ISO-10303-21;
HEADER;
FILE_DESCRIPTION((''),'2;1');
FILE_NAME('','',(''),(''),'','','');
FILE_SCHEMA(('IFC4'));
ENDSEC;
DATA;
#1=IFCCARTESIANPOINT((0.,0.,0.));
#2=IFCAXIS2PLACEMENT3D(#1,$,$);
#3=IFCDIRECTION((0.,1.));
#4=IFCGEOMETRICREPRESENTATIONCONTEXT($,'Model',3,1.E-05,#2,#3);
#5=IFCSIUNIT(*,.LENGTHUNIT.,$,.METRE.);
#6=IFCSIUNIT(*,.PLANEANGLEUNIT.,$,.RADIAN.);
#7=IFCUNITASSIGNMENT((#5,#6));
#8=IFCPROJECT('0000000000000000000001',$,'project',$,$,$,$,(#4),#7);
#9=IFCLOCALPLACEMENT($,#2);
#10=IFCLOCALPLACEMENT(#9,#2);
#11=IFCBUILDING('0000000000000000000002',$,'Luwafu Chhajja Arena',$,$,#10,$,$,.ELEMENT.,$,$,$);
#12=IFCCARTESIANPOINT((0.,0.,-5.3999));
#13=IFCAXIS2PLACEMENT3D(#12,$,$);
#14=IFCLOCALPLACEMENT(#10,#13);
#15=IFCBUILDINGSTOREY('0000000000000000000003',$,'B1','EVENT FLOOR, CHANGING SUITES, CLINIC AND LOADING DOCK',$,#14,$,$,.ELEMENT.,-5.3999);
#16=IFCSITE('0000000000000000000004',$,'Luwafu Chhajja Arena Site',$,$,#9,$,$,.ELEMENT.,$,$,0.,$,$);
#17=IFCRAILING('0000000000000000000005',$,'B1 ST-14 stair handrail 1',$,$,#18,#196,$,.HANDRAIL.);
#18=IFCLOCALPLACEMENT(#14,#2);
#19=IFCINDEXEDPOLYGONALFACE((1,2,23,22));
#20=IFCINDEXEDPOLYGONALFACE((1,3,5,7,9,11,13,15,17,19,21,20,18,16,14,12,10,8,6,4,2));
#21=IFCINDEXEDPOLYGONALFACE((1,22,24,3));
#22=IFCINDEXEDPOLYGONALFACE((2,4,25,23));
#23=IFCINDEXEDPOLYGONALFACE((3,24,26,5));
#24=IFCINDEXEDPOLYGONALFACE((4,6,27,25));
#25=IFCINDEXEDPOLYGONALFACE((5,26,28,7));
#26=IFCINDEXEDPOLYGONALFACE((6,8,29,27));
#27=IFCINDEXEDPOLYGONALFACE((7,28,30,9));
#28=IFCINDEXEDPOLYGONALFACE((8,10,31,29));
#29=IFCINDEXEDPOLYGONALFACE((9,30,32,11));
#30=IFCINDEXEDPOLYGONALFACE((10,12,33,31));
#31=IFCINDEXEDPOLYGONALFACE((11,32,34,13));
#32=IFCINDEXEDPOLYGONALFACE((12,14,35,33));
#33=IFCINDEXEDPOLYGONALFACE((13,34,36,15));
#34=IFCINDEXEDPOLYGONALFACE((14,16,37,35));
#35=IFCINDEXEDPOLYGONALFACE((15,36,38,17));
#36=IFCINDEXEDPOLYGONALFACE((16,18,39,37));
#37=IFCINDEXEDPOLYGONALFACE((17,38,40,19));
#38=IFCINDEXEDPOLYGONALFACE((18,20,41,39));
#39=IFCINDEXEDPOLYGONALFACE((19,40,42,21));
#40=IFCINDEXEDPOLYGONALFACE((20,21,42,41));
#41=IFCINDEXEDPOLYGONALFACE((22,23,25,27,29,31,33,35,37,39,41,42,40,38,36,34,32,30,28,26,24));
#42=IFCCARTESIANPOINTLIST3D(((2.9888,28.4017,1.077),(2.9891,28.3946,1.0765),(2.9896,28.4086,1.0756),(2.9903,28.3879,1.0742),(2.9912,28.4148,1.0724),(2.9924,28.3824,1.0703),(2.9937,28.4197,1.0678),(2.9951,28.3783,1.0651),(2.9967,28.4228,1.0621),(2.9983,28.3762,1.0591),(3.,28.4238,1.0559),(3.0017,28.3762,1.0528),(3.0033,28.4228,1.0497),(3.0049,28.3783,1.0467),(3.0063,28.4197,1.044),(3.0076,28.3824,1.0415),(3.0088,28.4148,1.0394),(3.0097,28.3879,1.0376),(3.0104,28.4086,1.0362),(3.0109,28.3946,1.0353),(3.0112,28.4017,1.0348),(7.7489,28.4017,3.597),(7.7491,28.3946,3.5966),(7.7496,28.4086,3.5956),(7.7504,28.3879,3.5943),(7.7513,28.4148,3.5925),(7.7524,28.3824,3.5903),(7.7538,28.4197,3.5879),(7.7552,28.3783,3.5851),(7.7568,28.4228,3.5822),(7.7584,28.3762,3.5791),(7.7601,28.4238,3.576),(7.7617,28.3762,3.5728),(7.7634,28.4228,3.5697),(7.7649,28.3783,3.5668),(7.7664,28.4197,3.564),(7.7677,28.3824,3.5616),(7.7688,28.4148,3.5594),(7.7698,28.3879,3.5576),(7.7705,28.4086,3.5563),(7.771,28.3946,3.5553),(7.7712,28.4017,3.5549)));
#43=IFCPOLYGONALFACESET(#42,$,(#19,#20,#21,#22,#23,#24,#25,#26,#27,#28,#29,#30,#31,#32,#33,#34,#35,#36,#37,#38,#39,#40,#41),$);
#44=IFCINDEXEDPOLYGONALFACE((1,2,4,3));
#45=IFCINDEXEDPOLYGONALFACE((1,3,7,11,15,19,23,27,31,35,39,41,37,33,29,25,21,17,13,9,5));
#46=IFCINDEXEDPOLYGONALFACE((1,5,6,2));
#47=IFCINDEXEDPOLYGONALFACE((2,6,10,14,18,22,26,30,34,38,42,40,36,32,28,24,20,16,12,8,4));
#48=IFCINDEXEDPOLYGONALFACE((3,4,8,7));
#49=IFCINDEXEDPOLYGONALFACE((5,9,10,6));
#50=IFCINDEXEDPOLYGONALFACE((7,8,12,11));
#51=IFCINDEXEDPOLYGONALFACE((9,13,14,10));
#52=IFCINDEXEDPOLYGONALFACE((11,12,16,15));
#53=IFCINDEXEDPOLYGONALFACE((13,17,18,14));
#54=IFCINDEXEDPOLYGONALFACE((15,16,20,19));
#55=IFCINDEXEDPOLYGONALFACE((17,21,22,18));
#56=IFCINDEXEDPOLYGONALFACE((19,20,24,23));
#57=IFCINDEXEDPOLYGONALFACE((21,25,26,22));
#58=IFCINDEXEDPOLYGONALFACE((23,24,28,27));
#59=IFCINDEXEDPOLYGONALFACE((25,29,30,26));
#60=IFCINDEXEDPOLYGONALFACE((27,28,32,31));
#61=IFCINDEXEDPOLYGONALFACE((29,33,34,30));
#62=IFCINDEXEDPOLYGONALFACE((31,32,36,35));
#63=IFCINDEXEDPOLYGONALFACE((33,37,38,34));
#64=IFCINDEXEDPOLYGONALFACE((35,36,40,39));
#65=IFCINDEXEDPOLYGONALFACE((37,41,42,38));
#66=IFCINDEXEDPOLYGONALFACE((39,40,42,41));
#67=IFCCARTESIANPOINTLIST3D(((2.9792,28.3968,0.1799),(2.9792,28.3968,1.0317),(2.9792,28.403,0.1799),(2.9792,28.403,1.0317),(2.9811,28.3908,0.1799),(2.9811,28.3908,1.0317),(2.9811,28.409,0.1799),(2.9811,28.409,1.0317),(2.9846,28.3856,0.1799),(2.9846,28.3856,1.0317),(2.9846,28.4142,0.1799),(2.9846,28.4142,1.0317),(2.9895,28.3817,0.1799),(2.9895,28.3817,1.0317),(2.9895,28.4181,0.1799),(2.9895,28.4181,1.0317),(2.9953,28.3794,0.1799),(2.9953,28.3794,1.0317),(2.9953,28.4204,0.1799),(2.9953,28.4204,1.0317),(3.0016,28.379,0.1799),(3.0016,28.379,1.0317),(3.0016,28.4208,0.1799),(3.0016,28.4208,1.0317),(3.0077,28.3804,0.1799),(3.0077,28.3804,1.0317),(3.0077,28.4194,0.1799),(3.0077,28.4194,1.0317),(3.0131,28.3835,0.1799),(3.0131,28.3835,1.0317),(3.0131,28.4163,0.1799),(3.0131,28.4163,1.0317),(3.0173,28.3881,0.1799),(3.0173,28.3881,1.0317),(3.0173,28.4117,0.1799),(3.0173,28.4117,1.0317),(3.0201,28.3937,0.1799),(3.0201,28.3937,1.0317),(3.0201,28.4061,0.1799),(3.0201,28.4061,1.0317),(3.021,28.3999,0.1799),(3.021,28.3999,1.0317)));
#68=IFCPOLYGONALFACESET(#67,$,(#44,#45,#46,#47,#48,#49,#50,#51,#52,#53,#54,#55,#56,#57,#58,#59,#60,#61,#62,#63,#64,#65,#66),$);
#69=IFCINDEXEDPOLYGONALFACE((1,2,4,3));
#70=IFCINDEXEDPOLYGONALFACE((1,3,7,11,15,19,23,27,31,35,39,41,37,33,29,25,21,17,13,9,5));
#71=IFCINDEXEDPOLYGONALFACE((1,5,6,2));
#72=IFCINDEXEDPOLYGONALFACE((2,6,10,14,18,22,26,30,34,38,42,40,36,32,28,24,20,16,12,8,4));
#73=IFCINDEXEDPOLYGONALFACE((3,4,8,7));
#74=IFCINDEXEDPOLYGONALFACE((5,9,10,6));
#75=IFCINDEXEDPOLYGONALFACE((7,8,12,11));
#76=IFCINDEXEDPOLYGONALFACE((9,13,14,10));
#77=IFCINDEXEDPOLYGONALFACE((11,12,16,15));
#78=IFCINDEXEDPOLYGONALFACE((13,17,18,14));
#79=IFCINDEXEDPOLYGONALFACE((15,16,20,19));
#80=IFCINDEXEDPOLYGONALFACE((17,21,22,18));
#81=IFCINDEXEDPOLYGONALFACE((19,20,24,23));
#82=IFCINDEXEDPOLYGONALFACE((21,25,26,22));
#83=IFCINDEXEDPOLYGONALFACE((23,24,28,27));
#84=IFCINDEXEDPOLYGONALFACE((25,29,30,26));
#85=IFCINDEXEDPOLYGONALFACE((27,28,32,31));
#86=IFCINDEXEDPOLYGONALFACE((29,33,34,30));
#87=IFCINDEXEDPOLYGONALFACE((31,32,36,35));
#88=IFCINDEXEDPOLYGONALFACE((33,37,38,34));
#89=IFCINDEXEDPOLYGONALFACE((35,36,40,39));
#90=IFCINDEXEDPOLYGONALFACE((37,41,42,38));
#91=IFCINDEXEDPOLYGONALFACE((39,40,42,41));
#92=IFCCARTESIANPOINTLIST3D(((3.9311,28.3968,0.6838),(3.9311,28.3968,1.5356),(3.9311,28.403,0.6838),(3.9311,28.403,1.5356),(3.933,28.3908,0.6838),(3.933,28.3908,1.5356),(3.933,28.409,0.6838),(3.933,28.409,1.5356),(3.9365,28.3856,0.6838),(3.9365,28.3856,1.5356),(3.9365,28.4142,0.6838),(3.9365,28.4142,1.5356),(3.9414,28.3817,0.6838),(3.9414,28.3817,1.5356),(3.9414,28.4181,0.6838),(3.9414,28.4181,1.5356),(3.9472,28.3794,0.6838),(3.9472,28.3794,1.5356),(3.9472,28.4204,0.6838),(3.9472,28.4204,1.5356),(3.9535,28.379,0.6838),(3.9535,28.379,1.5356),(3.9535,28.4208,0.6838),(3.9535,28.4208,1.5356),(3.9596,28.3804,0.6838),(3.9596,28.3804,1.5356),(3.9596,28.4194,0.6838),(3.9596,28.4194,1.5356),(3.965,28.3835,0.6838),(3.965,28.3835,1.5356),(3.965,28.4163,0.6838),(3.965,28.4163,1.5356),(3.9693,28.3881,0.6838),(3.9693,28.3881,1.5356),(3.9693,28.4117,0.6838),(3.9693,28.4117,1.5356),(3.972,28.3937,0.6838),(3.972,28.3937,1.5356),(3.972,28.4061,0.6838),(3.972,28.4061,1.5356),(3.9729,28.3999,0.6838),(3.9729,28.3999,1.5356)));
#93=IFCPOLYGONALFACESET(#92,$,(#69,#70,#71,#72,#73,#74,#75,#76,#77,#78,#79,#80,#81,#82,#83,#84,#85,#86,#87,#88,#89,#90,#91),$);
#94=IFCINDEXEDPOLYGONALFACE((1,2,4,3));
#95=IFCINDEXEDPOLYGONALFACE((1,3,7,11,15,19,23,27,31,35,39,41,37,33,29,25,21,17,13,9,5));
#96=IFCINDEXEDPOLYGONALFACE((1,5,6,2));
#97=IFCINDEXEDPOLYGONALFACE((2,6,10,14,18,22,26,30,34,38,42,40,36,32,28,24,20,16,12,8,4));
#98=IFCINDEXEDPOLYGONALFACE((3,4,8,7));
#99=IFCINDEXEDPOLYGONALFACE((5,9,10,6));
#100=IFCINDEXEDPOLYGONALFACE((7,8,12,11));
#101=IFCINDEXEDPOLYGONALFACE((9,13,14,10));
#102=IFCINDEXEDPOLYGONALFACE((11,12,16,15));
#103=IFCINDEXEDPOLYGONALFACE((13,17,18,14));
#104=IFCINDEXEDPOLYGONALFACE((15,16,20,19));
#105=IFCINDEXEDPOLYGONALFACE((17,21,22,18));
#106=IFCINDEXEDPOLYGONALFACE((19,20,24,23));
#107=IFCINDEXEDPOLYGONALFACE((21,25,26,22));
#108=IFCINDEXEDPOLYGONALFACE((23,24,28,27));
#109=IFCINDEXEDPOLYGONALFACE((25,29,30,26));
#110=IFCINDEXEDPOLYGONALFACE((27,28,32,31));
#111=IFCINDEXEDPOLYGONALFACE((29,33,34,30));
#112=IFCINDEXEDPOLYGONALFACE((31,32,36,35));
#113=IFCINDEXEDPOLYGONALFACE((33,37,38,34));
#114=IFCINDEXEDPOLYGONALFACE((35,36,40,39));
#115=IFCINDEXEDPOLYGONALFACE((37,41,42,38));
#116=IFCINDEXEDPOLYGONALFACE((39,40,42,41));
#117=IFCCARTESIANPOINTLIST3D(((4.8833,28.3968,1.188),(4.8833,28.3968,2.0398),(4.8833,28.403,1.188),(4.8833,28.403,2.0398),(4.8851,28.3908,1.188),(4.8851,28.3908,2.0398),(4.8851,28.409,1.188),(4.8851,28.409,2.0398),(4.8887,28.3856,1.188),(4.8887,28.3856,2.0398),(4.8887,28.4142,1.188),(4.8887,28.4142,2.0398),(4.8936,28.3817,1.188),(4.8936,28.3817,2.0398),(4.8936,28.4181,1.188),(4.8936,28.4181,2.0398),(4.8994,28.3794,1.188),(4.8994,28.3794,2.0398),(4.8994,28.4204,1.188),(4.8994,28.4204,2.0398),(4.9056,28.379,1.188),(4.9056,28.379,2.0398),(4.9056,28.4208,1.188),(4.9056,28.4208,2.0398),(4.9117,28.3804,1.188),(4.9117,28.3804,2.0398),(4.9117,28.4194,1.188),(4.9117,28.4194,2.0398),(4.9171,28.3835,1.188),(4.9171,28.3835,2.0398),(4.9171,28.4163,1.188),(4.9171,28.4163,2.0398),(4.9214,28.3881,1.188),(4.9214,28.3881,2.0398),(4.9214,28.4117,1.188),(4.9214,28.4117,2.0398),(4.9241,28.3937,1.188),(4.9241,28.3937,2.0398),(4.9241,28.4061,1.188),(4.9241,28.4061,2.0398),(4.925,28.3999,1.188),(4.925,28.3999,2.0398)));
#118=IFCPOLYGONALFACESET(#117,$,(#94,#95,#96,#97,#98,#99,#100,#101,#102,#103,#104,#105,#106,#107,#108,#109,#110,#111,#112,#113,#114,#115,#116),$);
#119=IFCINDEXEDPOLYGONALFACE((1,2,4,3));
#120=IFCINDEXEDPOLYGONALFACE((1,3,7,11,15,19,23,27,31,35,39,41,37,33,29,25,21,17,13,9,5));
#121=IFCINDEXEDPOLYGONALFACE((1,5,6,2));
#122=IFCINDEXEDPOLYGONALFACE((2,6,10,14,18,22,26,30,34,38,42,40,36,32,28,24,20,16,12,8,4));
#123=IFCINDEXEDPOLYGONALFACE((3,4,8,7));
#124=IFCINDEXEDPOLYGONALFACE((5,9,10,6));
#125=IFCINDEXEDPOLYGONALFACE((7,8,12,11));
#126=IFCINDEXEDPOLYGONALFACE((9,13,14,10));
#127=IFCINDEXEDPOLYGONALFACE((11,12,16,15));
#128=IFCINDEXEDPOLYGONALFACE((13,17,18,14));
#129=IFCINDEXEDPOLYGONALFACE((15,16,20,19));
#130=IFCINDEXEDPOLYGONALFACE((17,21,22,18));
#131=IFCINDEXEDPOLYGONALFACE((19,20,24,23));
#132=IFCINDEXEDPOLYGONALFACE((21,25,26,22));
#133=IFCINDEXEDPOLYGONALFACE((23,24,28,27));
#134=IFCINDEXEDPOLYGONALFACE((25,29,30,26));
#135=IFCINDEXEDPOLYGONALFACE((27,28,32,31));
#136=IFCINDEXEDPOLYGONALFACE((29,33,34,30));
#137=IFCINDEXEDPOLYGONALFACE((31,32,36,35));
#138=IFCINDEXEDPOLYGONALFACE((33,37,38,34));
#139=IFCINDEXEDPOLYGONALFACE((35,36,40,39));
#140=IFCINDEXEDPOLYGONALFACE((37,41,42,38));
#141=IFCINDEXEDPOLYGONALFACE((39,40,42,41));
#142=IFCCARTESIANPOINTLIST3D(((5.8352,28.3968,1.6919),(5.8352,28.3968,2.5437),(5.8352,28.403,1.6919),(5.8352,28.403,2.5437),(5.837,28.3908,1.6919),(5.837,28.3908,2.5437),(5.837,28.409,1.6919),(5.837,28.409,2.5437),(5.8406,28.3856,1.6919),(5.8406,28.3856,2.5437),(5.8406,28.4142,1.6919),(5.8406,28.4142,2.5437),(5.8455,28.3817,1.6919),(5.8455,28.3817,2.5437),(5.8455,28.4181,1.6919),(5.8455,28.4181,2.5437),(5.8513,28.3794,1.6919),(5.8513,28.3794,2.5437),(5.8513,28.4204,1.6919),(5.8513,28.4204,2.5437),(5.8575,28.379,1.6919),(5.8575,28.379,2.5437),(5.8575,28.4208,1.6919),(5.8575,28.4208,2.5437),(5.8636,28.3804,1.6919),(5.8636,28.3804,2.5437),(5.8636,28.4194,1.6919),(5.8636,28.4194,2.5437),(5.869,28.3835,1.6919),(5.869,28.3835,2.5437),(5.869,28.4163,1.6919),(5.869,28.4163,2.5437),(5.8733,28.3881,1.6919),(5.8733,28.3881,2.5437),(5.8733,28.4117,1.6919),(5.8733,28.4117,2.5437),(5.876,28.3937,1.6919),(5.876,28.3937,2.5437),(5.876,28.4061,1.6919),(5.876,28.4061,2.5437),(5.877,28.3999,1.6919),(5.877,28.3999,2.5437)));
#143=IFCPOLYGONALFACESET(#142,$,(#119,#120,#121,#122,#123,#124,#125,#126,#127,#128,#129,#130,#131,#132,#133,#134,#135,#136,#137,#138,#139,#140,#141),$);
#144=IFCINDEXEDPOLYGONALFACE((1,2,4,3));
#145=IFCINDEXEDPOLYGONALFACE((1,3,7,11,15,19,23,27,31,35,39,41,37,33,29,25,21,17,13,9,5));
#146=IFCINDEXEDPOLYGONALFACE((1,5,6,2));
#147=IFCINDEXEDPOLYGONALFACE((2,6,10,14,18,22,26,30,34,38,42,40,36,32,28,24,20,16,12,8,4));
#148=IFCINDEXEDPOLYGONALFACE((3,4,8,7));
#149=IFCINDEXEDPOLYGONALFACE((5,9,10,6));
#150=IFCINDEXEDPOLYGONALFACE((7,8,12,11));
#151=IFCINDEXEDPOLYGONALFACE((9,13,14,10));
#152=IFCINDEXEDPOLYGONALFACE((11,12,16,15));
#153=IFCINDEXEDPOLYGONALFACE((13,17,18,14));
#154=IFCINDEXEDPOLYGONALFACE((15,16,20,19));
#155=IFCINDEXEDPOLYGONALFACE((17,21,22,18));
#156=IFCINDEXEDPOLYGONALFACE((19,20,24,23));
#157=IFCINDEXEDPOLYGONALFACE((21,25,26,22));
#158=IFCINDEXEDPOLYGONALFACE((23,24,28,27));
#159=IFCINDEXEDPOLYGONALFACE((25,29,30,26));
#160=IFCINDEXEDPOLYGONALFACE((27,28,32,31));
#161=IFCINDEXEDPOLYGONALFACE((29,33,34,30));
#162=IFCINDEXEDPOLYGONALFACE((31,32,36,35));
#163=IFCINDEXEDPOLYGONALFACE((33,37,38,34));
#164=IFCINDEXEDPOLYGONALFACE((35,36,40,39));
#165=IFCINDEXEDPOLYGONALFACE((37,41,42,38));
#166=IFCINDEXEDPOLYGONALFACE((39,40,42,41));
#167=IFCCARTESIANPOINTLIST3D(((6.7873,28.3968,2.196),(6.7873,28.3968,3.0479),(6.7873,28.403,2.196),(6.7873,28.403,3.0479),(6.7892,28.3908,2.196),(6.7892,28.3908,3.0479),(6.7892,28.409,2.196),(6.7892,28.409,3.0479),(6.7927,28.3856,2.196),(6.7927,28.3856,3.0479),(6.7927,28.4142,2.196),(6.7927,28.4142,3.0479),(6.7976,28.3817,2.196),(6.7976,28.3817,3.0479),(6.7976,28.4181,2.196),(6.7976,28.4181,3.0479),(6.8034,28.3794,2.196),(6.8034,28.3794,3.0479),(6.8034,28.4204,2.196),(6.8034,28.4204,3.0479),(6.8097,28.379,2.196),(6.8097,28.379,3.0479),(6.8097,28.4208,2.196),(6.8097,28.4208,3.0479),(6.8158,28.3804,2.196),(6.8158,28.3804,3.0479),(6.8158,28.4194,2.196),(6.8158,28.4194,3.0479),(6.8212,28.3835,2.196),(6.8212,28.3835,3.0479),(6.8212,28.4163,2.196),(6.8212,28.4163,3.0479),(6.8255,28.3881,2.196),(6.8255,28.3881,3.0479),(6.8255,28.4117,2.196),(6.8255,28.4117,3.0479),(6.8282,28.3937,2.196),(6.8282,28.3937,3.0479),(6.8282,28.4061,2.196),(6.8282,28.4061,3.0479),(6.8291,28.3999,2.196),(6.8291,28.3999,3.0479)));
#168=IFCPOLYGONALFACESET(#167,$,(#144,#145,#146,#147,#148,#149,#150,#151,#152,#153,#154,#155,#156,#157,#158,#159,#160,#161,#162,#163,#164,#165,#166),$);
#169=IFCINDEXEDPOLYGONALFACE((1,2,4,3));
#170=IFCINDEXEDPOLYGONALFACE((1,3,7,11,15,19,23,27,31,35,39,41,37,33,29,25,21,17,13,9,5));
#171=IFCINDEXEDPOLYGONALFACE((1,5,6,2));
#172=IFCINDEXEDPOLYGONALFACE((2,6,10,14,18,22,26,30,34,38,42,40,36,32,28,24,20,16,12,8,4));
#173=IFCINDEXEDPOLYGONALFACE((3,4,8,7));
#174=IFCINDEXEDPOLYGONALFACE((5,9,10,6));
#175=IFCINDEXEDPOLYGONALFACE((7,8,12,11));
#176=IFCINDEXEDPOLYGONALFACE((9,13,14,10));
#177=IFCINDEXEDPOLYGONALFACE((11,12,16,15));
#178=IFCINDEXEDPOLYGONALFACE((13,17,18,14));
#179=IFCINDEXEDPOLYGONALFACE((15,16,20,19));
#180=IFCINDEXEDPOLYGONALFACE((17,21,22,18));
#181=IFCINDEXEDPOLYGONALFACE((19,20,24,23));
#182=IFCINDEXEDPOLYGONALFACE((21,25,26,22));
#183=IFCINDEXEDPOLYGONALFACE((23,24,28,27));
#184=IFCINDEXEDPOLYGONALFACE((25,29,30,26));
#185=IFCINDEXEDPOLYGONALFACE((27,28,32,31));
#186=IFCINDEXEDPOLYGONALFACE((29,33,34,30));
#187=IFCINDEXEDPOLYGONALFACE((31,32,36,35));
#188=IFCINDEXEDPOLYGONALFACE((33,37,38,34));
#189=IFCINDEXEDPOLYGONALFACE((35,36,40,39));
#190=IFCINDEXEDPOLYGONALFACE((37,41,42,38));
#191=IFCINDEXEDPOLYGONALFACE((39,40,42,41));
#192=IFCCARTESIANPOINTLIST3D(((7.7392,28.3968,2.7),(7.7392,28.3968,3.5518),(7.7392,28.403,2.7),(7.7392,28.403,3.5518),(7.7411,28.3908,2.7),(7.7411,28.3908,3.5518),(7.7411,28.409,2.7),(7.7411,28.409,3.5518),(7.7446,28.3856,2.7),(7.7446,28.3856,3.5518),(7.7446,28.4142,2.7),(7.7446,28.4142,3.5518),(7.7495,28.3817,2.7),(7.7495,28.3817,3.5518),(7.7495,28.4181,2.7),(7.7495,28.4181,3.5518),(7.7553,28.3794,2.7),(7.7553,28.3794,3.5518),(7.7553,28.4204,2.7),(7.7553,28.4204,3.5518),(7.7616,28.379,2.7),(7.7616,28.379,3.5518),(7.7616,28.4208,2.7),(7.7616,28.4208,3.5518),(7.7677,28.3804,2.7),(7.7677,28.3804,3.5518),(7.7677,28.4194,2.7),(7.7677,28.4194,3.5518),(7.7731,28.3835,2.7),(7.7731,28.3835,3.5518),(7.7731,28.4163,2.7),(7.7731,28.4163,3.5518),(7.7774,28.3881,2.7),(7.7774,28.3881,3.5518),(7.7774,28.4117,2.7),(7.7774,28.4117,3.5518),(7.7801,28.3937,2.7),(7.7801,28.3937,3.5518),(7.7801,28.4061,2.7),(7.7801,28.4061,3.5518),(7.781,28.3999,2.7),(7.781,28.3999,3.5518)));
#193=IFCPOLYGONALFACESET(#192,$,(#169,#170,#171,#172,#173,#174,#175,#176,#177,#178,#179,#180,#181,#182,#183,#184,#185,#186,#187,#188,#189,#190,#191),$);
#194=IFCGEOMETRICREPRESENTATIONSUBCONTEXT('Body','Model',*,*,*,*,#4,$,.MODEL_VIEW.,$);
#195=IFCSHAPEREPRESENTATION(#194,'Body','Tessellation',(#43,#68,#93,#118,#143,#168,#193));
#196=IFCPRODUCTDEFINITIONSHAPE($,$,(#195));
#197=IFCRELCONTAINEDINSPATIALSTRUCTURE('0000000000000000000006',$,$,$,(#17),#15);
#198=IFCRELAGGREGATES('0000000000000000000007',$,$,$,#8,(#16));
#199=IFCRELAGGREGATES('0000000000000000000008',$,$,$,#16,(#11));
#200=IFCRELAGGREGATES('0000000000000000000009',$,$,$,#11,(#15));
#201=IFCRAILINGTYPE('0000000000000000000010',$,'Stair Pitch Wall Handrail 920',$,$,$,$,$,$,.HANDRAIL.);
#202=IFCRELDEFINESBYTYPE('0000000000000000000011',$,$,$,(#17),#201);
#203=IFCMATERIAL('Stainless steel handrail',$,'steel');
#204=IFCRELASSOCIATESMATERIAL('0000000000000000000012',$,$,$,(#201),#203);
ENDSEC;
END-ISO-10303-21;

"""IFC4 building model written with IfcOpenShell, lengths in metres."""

from ifc_helpers import new_model, si_unit, direction, frame, origin, origin_2d, place, context, subcontext, project, spatial, circle, extrude, material, type_object, element, save


model = new_model("IFC4")

# Units and contexts
model_context = context("Model", 3, precision=1e-05, world=origin(), true_north=direction((0.0, 1.0)))
body_context = subcontext(model_context, "Body", "Model", "MODEL_VIEW")
ifc_project = project(units=[si_unit("LENGTHUNIT", "METRE"), si_unit("PLANEANGLEUNIT", "RADIAN")], contexts=[model_context])

# Site, building, storey
site_placement = place(None, origin())
site = spatial("IfcSite", under=ifc_project, at=site_placement, Name="Luwafu Chhajja Arena Site", CompositionType="ELEMENT", RefElevation=0.0)
building_placement = place(site_placement, origin())
building = spatial("IfcBuilding", under=site, at=building_placement, Name="Luwafu Chhajja Arena", CompositionType="ELEMENT")
storey_placement = place(building_placement, frame((0.0, 0.0, -5.3999)))
storey = spatial("IfcBuildingStorey", under=building, at=storey_placement, Name="B1", Description="EVENT FLOOR, CHANGING SUITES, CLINIC AND LOADING DOCK", CompositionType="ELEMENT", Elevation=-5.3999)

# Railing
ifc_material_1 = material(Name="Stainless steel handrail", Category="steel")
railing_type_1 = type_object("IfcRailingType", Name="Stair Pitch Wall Handrail 920", PredefinedType="HANDRAIL", material=ifc_material_1)
railing_1_placement = place(storey_placement, frame((3.0, 28.3999, 0.1799)))
element("IfcRailing", 1, at=railing_1_placement, inside=storey, type_object=railing_type_1, Name="B1 ST-14 stair handrail 1", PredefinedType="HANDRAIL", context=body_context, shape_type="SweptSolid", body=[
    extrude(circle(Radius=0.0239, at=origin_2d()), frame((0.0, 0.0, 0.876), z_axis=(0.883787, 0.0, 0.46789), x_axis=(0.0, 1.0, 0.0)), (0.0, 0.0, 1.0), 5.386),
    extrude(circle(Radius=0.021, at=origin_2d()), origin(), (0.0, 0.0, 1.0), 0.8518),
    extrude(circle(Radius=0.021, at=origin_2d()), frame((0.9519, 0.0, 0.5039)), (0.0, 0.0, 1.0), 0.8518),
    extrude(circle(Radius=0.021, at=origin_2d()), frame((1.9041, 0.0, 1.0081)), (0.0, 0.0, 1.0), 0.8518),
    extrude(circle(Radius=0.021, at=origin_2d()), frame((2.856, 0.0, 1.512)), (0.0, 0.0, 1.0), 0.8518),
    extrude(circle(Radius=0.021, at=origin_2d()), frame((3.8081, 0.0, 2.0161)), (0.0, 0.0, 1.0), 0.8518),
    extrude(circle(Radius=0.021, at=origin_2d()), frame((4.76, 0.0, 2.52)), (0.0, 0.0, 1.0), 0.8518),
])

save(model, "model.ifc")
